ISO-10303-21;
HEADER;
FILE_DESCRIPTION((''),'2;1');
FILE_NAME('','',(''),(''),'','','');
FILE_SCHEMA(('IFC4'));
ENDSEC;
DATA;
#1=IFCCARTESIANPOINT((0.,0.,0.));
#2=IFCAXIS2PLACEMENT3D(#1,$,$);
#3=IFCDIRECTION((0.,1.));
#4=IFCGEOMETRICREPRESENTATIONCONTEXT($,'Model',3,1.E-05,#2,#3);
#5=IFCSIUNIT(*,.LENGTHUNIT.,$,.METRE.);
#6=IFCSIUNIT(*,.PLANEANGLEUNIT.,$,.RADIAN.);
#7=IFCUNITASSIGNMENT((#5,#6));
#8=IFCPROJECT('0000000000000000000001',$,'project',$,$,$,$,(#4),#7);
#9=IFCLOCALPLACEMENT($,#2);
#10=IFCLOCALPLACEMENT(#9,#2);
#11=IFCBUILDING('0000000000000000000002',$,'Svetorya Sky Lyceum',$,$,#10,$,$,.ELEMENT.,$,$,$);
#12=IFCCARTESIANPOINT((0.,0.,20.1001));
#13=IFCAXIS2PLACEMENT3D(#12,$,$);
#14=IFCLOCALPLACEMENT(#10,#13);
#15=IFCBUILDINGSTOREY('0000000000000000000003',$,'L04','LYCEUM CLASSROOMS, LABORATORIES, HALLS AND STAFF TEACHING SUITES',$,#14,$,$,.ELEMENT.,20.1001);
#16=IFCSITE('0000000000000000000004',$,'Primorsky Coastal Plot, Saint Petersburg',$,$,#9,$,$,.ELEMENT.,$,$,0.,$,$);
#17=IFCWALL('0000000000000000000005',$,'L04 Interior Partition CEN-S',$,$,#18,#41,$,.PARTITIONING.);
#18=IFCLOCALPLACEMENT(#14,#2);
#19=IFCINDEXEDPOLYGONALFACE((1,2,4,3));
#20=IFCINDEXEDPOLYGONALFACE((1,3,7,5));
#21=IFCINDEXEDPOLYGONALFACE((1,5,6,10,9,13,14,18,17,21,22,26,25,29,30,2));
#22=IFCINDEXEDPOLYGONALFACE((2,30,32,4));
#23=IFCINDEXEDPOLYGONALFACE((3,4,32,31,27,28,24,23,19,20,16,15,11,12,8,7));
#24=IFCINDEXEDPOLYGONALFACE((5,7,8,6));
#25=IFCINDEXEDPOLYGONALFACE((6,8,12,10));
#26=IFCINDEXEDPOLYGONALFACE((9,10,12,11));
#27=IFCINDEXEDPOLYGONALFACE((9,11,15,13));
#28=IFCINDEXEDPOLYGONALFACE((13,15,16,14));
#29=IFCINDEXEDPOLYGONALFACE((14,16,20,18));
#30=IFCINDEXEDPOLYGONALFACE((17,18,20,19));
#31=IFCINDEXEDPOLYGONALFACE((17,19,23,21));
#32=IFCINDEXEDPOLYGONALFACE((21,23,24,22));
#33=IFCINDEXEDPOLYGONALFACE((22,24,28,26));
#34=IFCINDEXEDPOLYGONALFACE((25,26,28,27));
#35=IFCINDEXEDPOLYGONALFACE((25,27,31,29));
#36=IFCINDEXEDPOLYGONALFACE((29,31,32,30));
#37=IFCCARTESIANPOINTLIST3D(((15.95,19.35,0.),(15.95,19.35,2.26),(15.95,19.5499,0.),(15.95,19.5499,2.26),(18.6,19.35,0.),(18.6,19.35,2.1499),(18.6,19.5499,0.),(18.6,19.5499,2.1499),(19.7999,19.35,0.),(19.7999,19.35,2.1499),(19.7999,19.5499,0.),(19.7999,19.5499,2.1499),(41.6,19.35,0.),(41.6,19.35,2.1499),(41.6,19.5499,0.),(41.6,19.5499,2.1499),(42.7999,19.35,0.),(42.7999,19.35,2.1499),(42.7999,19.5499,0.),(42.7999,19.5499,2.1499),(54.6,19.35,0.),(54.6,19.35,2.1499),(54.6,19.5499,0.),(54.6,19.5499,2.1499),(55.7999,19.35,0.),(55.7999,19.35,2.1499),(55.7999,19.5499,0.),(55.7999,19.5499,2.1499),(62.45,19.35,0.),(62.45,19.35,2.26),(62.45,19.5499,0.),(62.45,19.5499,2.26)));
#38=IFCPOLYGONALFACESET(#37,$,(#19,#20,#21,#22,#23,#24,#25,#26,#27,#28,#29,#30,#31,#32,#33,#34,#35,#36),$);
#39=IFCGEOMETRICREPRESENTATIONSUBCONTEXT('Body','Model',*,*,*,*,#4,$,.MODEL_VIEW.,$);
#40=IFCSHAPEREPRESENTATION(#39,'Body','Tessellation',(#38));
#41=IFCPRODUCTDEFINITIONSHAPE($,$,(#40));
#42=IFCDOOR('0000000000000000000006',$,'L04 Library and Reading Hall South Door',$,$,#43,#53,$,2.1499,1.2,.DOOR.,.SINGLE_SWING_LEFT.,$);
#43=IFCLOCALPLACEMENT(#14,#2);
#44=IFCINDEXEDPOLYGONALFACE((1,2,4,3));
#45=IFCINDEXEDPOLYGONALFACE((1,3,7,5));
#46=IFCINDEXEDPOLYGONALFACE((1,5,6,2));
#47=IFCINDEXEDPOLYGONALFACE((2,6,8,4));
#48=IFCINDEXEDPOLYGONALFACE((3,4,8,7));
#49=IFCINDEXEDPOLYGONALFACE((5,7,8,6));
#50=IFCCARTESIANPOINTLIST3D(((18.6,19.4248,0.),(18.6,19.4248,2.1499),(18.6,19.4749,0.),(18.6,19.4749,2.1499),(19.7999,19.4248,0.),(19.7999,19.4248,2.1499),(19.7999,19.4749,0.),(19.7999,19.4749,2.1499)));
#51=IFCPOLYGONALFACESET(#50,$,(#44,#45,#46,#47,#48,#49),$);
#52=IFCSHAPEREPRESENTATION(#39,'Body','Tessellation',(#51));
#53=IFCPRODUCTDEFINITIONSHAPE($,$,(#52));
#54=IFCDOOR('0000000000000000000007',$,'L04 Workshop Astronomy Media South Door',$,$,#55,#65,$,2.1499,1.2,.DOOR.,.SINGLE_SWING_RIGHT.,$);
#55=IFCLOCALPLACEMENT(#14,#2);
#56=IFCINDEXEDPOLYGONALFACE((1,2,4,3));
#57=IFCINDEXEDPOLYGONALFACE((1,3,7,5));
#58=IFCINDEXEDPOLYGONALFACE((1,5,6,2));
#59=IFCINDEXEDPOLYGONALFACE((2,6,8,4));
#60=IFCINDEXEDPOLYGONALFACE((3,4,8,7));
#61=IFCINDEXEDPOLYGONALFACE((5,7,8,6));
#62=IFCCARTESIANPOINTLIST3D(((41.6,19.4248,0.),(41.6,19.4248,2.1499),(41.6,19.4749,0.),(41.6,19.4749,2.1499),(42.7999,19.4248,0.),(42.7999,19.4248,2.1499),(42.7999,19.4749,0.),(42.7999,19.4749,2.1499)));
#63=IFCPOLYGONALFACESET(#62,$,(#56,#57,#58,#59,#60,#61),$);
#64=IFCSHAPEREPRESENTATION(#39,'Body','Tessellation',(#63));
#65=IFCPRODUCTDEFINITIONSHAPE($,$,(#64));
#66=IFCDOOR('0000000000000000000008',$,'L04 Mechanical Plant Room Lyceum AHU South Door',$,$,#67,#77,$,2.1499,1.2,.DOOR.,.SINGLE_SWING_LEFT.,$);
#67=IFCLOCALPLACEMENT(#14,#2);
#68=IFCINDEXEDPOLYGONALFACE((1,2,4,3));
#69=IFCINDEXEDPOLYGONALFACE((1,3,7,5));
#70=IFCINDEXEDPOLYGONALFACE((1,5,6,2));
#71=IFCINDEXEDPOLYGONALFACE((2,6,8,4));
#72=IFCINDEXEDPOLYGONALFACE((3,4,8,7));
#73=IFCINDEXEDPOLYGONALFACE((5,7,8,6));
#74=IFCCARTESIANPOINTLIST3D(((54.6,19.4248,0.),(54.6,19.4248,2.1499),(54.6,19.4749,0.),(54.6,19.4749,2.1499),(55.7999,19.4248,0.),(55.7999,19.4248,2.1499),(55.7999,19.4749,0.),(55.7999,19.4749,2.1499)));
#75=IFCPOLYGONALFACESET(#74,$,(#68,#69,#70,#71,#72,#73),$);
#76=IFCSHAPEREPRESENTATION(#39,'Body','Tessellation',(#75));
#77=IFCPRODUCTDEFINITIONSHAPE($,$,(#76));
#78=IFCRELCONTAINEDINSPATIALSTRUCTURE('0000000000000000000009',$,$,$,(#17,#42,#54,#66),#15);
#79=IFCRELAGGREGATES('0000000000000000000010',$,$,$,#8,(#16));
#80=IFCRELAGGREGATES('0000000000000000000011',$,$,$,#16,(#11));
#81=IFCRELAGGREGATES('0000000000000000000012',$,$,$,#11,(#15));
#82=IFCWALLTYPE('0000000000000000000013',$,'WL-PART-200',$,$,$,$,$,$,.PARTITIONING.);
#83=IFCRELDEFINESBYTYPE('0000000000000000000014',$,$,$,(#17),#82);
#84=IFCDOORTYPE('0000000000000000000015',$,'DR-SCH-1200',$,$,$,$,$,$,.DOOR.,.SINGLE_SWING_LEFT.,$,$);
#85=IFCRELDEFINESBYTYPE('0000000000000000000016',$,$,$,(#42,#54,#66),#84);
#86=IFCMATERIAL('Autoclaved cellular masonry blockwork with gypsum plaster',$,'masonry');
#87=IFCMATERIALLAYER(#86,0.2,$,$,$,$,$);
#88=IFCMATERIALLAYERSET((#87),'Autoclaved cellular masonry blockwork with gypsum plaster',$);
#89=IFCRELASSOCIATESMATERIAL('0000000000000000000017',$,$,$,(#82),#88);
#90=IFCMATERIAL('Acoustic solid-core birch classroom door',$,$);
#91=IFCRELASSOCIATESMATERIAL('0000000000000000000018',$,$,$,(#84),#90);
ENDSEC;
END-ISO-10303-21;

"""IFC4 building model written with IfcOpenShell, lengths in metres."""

from ifc_helpers import new_model, si_unit, direction, frame, frame_2d, origin, place, context, subcontext, project, spatial, rectangle, extrude, material, layer, layer_set, type_object, element, fill, save


model = new_model("IFC4")

# Units and contexts
model_context = context("Model", 3, precision=1e-05, world=origin(), true_north=direction((0.0, 1.0)))
body_context = subcontext(model_context, "Body", "Model", "MODEL_VIEW")
ifc_project = project(units=[si_unit("LENGTHUNIT", "METRE"), si_unit("PLANEANGLEUNIT", "RADIAN")], contexts=[model_context])

# Site, building, storey
site_placement = place(None, origin())
site = spatial("IfcSite", under=ifc_project, at=site_placement, Name="Primorsky Coastal Plot, Saint Petersburg", CompositionType="ELEMENT", RefElevation=0.0)
building_placement = place(site_placement, origin())
building = spatial("IfcBuilding", under=site, at=building_placement, Name="Svetorya Sky Lyceum", CompositionType="ELEMENT")
storey_placement = place(building_placement, frame((0.0, 0.0, 20.1001)))
storey = spatial("IfcBuildingStorey", under=building, at=storey_placement, Name="L04", Description="LYCEUM CLASSROOMS, LABORATORIES, HALLS AND STAFF TEACHING SUITES", CompositionType="ELEMENT", Elevation=20.1001)

# Wall, openings, doors
ifc_material_1 = material(Name="Autoclaved cellular masonry blockwork with gypsum plaster", Category="masonry")
ifc_layer_1 = layer(ifc_material_1, 0.2)
ifc_layer_set_1 = layer_set([ifc_layer_1], Name="Autoclaved cellular masonry blockwork with gypsum plaster")
wall_type_1 = type_object("IfcWallType", Name="WL-PART-200", PredefinedType="PARTITIONING", material=ifc_layer_set_1)
wall_1_placement = place(storey_placement, frame((15.95, 19.45, 0.0), z_axis=(0.0, 0.0, 1.0), x_axis=(1.0, 0.0, 0.0)))
wall_1 = element("IfcWall", 1, at=wall_1_placement, inside=storey, type_object=wall_type_1, Name="L04 Interior Partition CEN-S", PredefinedType="PARTITIONING", context=body_context, shape_type="SweptSolid", body=[
    extrude(rectangle(XDim=46.5, YDim=0.2, at=frame_2d((23.25, 0.0))), origin(), (0.0, 0.0, 1.0), 2.26),
])
opening_1_placement = place(wall_1_placement, frame((2.6499, 0.0, 0.0)))
opening_1 = element("IfcOpeningElement", 2, at=opening_1_placement, cuts=wall_1, PredefinedType="OPENING", context=body_context, shape_type="SweptSolid", body=[
    extrude(rectangle(XDim=1.2, YDim=2.1499, at=frame_2d((0.6001, 1.075))), frame((0.0, 0.1099, 0.0), z_axis=(0.0, -1.0, 0.0), x_axis=(1.0, 0.0, 0.0)), (0.0, 0.0, 1.0), 0.22),
])
opening_2_placement = place(wall_1_placement, frame((25.6499, 0.0, 0.0)))
opening_2 = element("IfcOpeningElement", 3, at=opening_2_placement, cuts=wall_1, PredefinedType="OPENING", context=body_context, shape_type="SweptSolid", body=[
    extrude(rectangle(XDim=1.2, YDim=2.1499, at=frame_2d((0.6001, 1.075))), frame((0.0, 0.1099, 0.0), z_axis=(0.0, -1.0, 0.0), x_axis=(1.0, 0.0, 0.0)), (0.0, 0.0, 1.0), 0.22),
])
opening_3_placement = place(wall_1_placement, frame((38.6499, 0.0, 0.0)))
opening_3 = element("IfcOpeningElement", 4, at=opening_3_placement, cuts=wall_1, PredefinedType="OPENING", context=body_context, shape_type="SweptSolid", body=[
    extrude(rectangle(XDim=1.2, YDim=2.1499, at=frame_2d((0.6001, 1.075))), frame((0.0, 0.1099, 0.0), z_axis=(0.0, -1.0, 0.0), x_axis=(1.0, 0.0, 0.0)), (0.0, 0.0, 1.0), 0.22),
])
ifc_material_2 = material(Name="Acoustic solid-core birch classroom door")
door_type_1 = type_object("IfcDoorType", Name="DR-SCH-1200", OperationType="SINGLE_SWING_LEFT", PredefinedType="DOOR", material=ifc_material_2)
door_1_placement = place(opening_1_placement, origin())
door_1 = element("IfcDoor", 5, at=door_1_placement, inside=storey, type_object=door_type_1, Name="L04 Library and Reading Hall South Door", OperationType="SINGLE_SWING_LEFT", OverallHeight=2.1499, OverallWidth=1.2, PredefinedType="DOOR", context=body_context, shape_type="SweptSolid", body=[
    extrude(rectangle(XDim=1.2, YDim=2.1499, at=frame_2d((0.6001, 1.075))), frame((0.0, 0.0249, 0.0), z_axis=(0.0, -1.0, 0.0), x_axis=(1.0, 0.0, 0.0)), (0.0, 0.0, 1.0), 0.05),
])
fill(opening_1, door_1)
door_2_placement = place(opening_2_placement, origin())
door_2 = element("IfcDoor", 6, at=door_2_placement, inside=storey, type_object=door_type_1, Name="L04 Workshop Astronomy Media South Door", OperationType="SINGLE_SWING_RIGHT", OverallHeight=2.1499, OverallWidth=1.2, PredefinedType="DOOR", context=body_context, shape_type="SweptSolid", body=[
    extrude(rectangle(XDim=1.2, YDim=2.1499, at=frame_2d((0.6001, 1.075))), frame((0.0, 0.0249, 0.0), z_axis=(0.0, -1.0, 0.0), x_axis=(1.0, 0.0, 0.0)), (0.0, 0.0, 1.0), 0.05),
])
fill(opening_2, door_2)
door_3_placement = place(opening_3_placement, origin())
door_3 = element("IfcDoor", 7, at=door_3_placement, inside=storey, type_object=door_type_1, Name="L04 Mechanical Plant Room Lyceum AHU South Door", OperationType="SINGLE_SWING_LEFT", OverallHeight=2.1499, OverallWidth=1.2, PredefinedType="DOOR", context=body_context, shape_type="SweptSolid", body=[
    extrude(rectangle(XDim=1.2, YDim=2.1499, at=frame_2d((0.6001, 1.075))), frame((0.0, 0.0249, 0.0), z_axis=(0.0, -1.0, 0.0), x_axis=(1.0, 0.0, 0.0)), (0.0, 0.0, 1.0), 0.05),
])
fill(opening_3, door_3)

save(model, "model.ifc")
